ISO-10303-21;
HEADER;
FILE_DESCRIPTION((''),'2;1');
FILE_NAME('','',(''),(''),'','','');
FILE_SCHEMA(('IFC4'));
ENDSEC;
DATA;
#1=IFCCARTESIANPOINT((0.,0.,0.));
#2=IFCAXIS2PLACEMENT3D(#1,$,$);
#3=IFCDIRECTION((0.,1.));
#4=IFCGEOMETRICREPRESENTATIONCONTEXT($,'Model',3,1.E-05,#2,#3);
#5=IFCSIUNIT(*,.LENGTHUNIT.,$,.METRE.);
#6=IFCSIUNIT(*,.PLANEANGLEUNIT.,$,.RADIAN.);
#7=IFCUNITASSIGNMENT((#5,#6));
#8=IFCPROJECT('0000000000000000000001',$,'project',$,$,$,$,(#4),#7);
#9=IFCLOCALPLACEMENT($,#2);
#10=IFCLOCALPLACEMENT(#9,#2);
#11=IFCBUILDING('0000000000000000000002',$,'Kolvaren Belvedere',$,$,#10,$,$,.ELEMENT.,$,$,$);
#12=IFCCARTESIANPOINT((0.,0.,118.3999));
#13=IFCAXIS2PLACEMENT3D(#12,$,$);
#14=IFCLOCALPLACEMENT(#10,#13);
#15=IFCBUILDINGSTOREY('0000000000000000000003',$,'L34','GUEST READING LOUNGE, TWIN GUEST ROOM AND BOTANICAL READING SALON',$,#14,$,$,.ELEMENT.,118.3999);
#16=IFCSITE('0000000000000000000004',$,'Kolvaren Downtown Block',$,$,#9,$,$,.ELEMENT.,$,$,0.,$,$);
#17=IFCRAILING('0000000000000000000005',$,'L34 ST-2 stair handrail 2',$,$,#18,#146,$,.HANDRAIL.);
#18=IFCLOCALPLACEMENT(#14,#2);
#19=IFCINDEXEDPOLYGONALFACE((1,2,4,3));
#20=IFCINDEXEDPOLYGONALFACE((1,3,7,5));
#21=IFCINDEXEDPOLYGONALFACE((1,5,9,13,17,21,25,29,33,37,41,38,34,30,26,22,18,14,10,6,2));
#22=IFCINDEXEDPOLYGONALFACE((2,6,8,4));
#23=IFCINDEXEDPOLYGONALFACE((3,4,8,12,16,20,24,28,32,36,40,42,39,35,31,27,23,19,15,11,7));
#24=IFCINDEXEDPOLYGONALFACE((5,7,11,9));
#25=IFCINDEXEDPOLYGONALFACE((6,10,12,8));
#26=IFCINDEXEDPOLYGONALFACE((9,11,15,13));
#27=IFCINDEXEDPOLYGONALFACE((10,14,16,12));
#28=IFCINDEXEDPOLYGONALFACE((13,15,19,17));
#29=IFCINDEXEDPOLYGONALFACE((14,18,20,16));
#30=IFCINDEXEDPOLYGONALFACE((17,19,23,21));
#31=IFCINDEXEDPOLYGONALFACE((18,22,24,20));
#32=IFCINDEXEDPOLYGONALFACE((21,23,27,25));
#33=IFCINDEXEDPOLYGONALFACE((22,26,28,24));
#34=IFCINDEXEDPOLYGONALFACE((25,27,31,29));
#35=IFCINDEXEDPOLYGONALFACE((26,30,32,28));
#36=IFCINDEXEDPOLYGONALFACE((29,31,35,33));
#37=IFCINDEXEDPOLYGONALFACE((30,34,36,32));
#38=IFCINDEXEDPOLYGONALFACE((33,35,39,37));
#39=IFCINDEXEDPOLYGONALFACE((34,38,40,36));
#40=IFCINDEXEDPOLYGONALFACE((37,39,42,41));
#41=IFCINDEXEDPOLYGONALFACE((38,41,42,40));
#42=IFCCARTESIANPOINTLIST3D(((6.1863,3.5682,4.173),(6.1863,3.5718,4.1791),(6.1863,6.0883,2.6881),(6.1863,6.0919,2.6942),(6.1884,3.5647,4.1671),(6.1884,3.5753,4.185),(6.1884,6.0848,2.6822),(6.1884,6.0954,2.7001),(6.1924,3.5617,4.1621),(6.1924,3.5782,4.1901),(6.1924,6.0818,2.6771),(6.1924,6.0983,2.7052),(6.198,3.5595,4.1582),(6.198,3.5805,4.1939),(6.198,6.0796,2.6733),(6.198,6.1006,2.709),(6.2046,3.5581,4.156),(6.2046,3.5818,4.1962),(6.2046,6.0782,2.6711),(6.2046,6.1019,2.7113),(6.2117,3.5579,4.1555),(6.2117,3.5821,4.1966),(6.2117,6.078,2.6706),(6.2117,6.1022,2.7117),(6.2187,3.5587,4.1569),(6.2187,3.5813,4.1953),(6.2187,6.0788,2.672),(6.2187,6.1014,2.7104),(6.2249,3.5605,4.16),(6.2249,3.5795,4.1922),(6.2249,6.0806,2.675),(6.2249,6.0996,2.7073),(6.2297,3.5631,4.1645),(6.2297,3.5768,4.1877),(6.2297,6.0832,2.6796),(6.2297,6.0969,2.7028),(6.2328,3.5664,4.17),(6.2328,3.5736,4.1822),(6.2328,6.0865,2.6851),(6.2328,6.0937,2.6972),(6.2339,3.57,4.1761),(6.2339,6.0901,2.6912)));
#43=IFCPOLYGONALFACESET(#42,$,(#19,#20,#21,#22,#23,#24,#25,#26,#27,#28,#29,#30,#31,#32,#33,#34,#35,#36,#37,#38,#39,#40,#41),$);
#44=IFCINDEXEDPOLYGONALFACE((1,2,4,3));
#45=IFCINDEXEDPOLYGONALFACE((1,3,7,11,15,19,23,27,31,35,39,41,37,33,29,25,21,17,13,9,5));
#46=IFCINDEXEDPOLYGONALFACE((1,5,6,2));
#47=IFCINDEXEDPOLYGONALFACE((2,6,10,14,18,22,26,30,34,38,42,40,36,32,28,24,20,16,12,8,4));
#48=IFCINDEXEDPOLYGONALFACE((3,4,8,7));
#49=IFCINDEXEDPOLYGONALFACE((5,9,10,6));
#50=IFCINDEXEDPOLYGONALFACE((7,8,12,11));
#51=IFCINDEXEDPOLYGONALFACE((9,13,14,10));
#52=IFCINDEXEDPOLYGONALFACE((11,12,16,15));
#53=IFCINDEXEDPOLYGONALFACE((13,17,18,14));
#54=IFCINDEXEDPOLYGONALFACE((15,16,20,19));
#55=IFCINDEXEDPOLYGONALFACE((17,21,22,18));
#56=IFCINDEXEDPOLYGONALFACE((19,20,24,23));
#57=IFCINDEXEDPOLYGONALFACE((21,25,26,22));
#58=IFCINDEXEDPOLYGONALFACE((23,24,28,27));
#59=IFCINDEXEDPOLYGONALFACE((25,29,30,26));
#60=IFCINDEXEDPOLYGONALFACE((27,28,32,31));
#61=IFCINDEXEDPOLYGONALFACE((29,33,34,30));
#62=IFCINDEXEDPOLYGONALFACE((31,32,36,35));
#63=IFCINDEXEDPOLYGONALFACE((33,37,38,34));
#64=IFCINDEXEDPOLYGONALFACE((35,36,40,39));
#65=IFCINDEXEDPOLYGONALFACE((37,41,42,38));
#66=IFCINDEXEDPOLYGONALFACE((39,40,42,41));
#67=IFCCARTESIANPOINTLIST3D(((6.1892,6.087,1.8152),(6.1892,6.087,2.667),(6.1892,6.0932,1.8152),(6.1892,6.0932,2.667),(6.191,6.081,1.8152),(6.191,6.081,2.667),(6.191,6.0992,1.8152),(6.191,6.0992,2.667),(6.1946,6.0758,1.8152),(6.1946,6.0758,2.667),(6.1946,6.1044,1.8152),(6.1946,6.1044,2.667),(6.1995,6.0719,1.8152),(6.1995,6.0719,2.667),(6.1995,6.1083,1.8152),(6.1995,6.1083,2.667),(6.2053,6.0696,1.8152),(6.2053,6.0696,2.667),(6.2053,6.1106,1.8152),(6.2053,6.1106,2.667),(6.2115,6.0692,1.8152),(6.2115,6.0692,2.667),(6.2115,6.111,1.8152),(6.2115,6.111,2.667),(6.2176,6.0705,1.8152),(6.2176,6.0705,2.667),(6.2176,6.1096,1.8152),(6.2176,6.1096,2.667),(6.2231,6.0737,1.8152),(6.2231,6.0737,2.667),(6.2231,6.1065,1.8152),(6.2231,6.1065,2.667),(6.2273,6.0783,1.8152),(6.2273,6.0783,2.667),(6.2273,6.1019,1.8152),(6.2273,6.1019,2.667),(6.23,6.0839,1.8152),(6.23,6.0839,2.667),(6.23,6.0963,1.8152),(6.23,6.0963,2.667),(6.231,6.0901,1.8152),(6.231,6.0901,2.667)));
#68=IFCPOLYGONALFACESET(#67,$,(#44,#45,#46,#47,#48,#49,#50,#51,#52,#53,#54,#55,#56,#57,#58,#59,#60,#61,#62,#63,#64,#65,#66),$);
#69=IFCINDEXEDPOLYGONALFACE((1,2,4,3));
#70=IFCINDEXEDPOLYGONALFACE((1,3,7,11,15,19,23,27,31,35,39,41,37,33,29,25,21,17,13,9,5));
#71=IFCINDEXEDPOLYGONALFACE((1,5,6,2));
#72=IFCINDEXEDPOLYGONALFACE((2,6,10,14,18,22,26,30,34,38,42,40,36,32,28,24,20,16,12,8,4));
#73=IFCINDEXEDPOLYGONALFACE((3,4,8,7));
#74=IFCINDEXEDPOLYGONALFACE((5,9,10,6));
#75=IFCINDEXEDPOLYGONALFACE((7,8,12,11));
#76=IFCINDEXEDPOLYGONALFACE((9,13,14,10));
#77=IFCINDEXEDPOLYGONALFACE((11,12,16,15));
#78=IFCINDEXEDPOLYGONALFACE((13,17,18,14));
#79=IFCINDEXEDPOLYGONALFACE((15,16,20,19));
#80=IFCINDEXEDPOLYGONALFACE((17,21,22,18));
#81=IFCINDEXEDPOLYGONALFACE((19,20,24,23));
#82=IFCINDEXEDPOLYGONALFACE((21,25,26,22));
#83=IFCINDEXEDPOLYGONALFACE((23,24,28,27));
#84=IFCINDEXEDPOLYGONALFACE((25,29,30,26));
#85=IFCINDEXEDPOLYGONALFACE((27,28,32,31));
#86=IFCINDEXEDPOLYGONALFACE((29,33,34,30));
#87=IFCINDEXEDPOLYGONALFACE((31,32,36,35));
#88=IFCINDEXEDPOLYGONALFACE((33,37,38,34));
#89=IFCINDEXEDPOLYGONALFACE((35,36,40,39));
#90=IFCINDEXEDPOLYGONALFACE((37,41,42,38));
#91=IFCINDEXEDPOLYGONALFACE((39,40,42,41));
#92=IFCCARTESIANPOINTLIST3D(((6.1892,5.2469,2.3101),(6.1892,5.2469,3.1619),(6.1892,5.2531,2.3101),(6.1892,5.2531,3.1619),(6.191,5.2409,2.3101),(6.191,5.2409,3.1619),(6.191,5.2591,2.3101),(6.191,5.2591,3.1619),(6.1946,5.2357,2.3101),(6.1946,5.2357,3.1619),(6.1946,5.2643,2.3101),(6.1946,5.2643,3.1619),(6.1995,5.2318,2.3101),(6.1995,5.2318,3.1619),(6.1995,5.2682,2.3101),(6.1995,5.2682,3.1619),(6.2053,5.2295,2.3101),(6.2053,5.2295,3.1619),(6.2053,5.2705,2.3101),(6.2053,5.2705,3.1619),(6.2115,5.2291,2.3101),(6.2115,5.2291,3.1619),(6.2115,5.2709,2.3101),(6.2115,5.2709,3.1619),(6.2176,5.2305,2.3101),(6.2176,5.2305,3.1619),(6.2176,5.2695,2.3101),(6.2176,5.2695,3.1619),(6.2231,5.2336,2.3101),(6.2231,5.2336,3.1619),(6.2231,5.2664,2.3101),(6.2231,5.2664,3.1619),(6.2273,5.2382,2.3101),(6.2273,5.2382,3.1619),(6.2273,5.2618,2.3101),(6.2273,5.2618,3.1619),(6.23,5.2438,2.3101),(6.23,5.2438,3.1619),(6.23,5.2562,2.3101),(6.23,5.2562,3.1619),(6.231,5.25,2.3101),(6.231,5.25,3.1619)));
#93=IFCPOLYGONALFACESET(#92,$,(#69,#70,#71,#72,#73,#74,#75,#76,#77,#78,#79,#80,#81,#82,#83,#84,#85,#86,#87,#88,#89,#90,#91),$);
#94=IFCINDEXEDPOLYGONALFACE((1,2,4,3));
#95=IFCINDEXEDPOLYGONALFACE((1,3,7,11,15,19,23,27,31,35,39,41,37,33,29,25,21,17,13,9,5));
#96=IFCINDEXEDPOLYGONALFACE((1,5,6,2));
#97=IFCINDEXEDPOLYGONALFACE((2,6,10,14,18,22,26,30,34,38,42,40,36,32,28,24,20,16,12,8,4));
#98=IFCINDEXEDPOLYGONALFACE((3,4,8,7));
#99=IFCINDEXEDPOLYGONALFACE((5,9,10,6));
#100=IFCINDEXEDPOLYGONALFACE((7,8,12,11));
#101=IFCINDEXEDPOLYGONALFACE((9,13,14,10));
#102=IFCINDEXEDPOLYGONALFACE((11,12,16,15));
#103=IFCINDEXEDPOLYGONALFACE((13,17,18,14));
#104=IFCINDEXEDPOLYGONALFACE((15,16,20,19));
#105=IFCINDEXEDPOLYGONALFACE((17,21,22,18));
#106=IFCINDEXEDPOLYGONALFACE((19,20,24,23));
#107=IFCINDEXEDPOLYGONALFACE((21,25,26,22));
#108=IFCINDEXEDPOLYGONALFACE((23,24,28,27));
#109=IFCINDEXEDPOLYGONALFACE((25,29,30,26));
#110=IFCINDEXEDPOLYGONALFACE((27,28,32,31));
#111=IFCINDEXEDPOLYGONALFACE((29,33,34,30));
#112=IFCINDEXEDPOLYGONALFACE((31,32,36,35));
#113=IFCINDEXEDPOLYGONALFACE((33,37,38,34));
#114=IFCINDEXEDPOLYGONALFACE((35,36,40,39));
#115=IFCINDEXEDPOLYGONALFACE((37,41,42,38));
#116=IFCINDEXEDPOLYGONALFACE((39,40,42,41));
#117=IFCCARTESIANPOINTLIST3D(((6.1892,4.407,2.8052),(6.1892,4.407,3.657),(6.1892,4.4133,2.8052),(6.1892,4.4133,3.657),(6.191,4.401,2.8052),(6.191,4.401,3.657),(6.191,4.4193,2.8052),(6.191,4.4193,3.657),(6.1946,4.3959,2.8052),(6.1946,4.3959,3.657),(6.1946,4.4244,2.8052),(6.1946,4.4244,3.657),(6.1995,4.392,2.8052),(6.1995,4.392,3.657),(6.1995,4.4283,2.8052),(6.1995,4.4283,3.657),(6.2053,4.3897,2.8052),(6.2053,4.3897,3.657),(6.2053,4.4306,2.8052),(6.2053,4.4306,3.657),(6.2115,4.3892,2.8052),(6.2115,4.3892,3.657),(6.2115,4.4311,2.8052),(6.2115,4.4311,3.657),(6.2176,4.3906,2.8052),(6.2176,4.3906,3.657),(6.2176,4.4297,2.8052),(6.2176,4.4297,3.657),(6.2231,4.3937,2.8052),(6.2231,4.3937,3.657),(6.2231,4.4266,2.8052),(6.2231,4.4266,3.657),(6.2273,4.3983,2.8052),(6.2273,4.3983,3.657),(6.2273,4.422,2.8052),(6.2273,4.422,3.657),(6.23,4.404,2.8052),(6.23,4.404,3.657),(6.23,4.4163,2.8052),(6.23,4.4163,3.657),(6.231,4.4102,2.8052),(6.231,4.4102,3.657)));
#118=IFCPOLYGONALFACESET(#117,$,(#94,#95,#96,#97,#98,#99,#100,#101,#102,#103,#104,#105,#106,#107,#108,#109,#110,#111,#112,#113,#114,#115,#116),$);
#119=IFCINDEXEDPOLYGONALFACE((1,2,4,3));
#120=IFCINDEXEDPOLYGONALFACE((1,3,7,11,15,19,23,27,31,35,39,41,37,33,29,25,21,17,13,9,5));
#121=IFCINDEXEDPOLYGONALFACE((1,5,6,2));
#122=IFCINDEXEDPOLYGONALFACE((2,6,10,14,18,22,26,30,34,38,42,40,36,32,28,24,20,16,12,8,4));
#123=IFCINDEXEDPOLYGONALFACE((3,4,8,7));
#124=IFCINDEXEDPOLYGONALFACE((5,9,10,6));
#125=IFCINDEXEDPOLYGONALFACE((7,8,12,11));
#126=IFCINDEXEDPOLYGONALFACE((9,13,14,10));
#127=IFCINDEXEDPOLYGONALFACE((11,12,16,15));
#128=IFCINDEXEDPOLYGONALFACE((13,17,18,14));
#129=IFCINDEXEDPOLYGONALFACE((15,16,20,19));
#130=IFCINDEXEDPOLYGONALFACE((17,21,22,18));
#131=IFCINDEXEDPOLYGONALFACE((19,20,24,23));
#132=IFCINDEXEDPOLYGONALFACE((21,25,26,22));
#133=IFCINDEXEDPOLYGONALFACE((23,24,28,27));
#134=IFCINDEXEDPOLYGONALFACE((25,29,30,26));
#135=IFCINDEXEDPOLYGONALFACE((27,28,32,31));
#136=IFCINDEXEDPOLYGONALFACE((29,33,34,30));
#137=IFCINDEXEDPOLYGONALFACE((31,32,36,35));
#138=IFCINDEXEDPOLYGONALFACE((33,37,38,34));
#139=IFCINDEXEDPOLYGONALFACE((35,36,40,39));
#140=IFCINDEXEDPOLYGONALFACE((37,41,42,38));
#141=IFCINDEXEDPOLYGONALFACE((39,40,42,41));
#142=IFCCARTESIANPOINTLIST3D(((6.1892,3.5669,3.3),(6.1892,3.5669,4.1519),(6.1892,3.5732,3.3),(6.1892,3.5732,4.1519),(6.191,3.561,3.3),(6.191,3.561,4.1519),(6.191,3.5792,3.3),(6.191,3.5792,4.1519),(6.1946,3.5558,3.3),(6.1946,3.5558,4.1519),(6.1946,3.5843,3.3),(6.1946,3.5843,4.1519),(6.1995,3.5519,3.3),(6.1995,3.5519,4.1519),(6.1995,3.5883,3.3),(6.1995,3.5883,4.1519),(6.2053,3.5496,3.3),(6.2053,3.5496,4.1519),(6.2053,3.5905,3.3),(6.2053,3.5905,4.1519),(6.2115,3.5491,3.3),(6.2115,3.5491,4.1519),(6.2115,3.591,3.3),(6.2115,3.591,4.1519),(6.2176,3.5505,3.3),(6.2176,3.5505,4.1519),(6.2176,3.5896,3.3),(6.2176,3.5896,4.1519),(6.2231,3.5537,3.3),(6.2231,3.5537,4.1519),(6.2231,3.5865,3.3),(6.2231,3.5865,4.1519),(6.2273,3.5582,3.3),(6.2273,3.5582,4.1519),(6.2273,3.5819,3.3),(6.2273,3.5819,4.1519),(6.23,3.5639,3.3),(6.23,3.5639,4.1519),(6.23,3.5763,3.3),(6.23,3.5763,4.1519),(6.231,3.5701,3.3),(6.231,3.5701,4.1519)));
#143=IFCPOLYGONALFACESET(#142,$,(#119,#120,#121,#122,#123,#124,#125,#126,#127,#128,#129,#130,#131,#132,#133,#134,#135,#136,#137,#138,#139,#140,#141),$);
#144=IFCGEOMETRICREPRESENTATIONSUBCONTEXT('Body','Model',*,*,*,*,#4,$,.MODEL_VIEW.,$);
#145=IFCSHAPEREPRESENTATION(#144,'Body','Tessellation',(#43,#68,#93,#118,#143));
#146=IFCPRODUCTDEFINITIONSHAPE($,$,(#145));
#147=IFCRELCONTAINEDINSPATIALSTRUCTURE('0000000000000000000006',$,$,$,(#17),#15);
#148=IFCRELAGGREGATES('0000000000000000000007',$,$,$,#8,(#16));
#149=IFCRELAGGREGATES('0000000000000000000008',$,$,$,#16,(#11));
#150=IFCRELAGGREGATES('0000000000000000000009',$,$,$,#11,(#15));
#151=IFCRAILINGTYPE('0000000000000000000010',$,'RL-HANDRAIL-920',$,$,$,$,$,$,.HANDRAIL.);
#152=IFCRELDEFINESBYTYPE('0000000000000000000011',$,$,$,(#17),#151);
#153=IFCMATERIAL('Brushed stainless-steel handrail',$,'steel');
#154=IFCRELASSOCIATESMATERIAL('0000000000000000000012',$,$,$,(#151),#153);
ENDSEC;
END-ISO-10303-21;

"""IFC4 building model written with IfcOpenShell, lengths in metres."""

from ifc_helpers import new_model, si_unit, direction, frame, origin, origin_2d, place, context, subcontext, project, spatial, circle, extrude, material, type_object, element, save


model = new_model("IFC4")

# Units and contexts
model_context = context("Model", 3, precision=1e-05, world=origin(), true_north=direction((0.0, 1.0)))
body_context = subcontext(model_context, "Body", "Model", "MODEL_VIEW")
ifc_project = project(units=[si_unit("LENGTHUNIT", "METRE"), si_unit("PLANEANGLEUNIT", "RADIAN")], contexts=[model_context])

# Site, building, storey
site_placement = place(None, origin())
site = spatial("IfcSite", under=ifc_project, at=site_placement, Name="Kolvaren Downtown Block", CompositionType="ELEMENT", RefElevation=0.0)
building_placement = place(site_placement, origin())
building = spatial("IfcBuilding", under=site, at=building_placement, Name="Kolvaren Belvedere", CompositionType="ELEMENT")
storey_placement = place(building_placement, frame((0.0, 0.0, 118.3999)))
storey = spatial("IfcBuildingStorey", under=building, at=storey_placement, Name="L34", Description="GUEST READING LOUNGE, TWIN GUEST ROOM AND BOTANICAL READING SALON", CompositionType="ELEMENT", Elevation=118.3999)

# Railing
ifc_material_1 = material(Name="Brushed stainless-steel handrail", Category="steel")
railing_type_1 = type_object("IfcRailingType", Name="RL-HANDRAIL-920", PredefinedType="HANDRAIL", material=ifc_material_1)
railing_1_placement = place(storey_placement, frame((6.21, 6.0901, 1.8152)))
element("IfcRailing", 1, at=railing_1_placement, inside=storey, type_object=railing_type_1, Name="L34 ST-2 stair handrail 2", PredefinedType="HANDRAIL", context=body_context, shape_type="SweptSolid", body=[
    extrude(circle(Radius=0.0239, at=origin_2d()), frame((0.0, 0.0, 0.876), z_axis=(0.0, -0.861561, 0.507655), x_axis=(1.0, 0.0, 0.0)), (0.0, 0.0, 1.0), 2.925),
    extrude(circle(Radius=0.021, at=origin_2d()), origin(), (0.0, 0.0, 1.0), 0.8518),
    extrude(circle(Radius=0.021, at=origin_2d()), frame((0.0, -0.8401, 0.4949)), (0.0, 0.0, 1.0), 0.8518),
    extrude(circle(Radius=0.021, at=origin_2d()), frame((0.0, -1.6799, 0.99)), (0.0, 0.0, 1.0), 0.8518),
    extrude(circle(Radius=0.021, at=origin_2d()), frame((0.0, -2.52, 1.4849)), (0.0, 0.0, 1.0), 0.8518),
])

save(model, "model.ifc")
